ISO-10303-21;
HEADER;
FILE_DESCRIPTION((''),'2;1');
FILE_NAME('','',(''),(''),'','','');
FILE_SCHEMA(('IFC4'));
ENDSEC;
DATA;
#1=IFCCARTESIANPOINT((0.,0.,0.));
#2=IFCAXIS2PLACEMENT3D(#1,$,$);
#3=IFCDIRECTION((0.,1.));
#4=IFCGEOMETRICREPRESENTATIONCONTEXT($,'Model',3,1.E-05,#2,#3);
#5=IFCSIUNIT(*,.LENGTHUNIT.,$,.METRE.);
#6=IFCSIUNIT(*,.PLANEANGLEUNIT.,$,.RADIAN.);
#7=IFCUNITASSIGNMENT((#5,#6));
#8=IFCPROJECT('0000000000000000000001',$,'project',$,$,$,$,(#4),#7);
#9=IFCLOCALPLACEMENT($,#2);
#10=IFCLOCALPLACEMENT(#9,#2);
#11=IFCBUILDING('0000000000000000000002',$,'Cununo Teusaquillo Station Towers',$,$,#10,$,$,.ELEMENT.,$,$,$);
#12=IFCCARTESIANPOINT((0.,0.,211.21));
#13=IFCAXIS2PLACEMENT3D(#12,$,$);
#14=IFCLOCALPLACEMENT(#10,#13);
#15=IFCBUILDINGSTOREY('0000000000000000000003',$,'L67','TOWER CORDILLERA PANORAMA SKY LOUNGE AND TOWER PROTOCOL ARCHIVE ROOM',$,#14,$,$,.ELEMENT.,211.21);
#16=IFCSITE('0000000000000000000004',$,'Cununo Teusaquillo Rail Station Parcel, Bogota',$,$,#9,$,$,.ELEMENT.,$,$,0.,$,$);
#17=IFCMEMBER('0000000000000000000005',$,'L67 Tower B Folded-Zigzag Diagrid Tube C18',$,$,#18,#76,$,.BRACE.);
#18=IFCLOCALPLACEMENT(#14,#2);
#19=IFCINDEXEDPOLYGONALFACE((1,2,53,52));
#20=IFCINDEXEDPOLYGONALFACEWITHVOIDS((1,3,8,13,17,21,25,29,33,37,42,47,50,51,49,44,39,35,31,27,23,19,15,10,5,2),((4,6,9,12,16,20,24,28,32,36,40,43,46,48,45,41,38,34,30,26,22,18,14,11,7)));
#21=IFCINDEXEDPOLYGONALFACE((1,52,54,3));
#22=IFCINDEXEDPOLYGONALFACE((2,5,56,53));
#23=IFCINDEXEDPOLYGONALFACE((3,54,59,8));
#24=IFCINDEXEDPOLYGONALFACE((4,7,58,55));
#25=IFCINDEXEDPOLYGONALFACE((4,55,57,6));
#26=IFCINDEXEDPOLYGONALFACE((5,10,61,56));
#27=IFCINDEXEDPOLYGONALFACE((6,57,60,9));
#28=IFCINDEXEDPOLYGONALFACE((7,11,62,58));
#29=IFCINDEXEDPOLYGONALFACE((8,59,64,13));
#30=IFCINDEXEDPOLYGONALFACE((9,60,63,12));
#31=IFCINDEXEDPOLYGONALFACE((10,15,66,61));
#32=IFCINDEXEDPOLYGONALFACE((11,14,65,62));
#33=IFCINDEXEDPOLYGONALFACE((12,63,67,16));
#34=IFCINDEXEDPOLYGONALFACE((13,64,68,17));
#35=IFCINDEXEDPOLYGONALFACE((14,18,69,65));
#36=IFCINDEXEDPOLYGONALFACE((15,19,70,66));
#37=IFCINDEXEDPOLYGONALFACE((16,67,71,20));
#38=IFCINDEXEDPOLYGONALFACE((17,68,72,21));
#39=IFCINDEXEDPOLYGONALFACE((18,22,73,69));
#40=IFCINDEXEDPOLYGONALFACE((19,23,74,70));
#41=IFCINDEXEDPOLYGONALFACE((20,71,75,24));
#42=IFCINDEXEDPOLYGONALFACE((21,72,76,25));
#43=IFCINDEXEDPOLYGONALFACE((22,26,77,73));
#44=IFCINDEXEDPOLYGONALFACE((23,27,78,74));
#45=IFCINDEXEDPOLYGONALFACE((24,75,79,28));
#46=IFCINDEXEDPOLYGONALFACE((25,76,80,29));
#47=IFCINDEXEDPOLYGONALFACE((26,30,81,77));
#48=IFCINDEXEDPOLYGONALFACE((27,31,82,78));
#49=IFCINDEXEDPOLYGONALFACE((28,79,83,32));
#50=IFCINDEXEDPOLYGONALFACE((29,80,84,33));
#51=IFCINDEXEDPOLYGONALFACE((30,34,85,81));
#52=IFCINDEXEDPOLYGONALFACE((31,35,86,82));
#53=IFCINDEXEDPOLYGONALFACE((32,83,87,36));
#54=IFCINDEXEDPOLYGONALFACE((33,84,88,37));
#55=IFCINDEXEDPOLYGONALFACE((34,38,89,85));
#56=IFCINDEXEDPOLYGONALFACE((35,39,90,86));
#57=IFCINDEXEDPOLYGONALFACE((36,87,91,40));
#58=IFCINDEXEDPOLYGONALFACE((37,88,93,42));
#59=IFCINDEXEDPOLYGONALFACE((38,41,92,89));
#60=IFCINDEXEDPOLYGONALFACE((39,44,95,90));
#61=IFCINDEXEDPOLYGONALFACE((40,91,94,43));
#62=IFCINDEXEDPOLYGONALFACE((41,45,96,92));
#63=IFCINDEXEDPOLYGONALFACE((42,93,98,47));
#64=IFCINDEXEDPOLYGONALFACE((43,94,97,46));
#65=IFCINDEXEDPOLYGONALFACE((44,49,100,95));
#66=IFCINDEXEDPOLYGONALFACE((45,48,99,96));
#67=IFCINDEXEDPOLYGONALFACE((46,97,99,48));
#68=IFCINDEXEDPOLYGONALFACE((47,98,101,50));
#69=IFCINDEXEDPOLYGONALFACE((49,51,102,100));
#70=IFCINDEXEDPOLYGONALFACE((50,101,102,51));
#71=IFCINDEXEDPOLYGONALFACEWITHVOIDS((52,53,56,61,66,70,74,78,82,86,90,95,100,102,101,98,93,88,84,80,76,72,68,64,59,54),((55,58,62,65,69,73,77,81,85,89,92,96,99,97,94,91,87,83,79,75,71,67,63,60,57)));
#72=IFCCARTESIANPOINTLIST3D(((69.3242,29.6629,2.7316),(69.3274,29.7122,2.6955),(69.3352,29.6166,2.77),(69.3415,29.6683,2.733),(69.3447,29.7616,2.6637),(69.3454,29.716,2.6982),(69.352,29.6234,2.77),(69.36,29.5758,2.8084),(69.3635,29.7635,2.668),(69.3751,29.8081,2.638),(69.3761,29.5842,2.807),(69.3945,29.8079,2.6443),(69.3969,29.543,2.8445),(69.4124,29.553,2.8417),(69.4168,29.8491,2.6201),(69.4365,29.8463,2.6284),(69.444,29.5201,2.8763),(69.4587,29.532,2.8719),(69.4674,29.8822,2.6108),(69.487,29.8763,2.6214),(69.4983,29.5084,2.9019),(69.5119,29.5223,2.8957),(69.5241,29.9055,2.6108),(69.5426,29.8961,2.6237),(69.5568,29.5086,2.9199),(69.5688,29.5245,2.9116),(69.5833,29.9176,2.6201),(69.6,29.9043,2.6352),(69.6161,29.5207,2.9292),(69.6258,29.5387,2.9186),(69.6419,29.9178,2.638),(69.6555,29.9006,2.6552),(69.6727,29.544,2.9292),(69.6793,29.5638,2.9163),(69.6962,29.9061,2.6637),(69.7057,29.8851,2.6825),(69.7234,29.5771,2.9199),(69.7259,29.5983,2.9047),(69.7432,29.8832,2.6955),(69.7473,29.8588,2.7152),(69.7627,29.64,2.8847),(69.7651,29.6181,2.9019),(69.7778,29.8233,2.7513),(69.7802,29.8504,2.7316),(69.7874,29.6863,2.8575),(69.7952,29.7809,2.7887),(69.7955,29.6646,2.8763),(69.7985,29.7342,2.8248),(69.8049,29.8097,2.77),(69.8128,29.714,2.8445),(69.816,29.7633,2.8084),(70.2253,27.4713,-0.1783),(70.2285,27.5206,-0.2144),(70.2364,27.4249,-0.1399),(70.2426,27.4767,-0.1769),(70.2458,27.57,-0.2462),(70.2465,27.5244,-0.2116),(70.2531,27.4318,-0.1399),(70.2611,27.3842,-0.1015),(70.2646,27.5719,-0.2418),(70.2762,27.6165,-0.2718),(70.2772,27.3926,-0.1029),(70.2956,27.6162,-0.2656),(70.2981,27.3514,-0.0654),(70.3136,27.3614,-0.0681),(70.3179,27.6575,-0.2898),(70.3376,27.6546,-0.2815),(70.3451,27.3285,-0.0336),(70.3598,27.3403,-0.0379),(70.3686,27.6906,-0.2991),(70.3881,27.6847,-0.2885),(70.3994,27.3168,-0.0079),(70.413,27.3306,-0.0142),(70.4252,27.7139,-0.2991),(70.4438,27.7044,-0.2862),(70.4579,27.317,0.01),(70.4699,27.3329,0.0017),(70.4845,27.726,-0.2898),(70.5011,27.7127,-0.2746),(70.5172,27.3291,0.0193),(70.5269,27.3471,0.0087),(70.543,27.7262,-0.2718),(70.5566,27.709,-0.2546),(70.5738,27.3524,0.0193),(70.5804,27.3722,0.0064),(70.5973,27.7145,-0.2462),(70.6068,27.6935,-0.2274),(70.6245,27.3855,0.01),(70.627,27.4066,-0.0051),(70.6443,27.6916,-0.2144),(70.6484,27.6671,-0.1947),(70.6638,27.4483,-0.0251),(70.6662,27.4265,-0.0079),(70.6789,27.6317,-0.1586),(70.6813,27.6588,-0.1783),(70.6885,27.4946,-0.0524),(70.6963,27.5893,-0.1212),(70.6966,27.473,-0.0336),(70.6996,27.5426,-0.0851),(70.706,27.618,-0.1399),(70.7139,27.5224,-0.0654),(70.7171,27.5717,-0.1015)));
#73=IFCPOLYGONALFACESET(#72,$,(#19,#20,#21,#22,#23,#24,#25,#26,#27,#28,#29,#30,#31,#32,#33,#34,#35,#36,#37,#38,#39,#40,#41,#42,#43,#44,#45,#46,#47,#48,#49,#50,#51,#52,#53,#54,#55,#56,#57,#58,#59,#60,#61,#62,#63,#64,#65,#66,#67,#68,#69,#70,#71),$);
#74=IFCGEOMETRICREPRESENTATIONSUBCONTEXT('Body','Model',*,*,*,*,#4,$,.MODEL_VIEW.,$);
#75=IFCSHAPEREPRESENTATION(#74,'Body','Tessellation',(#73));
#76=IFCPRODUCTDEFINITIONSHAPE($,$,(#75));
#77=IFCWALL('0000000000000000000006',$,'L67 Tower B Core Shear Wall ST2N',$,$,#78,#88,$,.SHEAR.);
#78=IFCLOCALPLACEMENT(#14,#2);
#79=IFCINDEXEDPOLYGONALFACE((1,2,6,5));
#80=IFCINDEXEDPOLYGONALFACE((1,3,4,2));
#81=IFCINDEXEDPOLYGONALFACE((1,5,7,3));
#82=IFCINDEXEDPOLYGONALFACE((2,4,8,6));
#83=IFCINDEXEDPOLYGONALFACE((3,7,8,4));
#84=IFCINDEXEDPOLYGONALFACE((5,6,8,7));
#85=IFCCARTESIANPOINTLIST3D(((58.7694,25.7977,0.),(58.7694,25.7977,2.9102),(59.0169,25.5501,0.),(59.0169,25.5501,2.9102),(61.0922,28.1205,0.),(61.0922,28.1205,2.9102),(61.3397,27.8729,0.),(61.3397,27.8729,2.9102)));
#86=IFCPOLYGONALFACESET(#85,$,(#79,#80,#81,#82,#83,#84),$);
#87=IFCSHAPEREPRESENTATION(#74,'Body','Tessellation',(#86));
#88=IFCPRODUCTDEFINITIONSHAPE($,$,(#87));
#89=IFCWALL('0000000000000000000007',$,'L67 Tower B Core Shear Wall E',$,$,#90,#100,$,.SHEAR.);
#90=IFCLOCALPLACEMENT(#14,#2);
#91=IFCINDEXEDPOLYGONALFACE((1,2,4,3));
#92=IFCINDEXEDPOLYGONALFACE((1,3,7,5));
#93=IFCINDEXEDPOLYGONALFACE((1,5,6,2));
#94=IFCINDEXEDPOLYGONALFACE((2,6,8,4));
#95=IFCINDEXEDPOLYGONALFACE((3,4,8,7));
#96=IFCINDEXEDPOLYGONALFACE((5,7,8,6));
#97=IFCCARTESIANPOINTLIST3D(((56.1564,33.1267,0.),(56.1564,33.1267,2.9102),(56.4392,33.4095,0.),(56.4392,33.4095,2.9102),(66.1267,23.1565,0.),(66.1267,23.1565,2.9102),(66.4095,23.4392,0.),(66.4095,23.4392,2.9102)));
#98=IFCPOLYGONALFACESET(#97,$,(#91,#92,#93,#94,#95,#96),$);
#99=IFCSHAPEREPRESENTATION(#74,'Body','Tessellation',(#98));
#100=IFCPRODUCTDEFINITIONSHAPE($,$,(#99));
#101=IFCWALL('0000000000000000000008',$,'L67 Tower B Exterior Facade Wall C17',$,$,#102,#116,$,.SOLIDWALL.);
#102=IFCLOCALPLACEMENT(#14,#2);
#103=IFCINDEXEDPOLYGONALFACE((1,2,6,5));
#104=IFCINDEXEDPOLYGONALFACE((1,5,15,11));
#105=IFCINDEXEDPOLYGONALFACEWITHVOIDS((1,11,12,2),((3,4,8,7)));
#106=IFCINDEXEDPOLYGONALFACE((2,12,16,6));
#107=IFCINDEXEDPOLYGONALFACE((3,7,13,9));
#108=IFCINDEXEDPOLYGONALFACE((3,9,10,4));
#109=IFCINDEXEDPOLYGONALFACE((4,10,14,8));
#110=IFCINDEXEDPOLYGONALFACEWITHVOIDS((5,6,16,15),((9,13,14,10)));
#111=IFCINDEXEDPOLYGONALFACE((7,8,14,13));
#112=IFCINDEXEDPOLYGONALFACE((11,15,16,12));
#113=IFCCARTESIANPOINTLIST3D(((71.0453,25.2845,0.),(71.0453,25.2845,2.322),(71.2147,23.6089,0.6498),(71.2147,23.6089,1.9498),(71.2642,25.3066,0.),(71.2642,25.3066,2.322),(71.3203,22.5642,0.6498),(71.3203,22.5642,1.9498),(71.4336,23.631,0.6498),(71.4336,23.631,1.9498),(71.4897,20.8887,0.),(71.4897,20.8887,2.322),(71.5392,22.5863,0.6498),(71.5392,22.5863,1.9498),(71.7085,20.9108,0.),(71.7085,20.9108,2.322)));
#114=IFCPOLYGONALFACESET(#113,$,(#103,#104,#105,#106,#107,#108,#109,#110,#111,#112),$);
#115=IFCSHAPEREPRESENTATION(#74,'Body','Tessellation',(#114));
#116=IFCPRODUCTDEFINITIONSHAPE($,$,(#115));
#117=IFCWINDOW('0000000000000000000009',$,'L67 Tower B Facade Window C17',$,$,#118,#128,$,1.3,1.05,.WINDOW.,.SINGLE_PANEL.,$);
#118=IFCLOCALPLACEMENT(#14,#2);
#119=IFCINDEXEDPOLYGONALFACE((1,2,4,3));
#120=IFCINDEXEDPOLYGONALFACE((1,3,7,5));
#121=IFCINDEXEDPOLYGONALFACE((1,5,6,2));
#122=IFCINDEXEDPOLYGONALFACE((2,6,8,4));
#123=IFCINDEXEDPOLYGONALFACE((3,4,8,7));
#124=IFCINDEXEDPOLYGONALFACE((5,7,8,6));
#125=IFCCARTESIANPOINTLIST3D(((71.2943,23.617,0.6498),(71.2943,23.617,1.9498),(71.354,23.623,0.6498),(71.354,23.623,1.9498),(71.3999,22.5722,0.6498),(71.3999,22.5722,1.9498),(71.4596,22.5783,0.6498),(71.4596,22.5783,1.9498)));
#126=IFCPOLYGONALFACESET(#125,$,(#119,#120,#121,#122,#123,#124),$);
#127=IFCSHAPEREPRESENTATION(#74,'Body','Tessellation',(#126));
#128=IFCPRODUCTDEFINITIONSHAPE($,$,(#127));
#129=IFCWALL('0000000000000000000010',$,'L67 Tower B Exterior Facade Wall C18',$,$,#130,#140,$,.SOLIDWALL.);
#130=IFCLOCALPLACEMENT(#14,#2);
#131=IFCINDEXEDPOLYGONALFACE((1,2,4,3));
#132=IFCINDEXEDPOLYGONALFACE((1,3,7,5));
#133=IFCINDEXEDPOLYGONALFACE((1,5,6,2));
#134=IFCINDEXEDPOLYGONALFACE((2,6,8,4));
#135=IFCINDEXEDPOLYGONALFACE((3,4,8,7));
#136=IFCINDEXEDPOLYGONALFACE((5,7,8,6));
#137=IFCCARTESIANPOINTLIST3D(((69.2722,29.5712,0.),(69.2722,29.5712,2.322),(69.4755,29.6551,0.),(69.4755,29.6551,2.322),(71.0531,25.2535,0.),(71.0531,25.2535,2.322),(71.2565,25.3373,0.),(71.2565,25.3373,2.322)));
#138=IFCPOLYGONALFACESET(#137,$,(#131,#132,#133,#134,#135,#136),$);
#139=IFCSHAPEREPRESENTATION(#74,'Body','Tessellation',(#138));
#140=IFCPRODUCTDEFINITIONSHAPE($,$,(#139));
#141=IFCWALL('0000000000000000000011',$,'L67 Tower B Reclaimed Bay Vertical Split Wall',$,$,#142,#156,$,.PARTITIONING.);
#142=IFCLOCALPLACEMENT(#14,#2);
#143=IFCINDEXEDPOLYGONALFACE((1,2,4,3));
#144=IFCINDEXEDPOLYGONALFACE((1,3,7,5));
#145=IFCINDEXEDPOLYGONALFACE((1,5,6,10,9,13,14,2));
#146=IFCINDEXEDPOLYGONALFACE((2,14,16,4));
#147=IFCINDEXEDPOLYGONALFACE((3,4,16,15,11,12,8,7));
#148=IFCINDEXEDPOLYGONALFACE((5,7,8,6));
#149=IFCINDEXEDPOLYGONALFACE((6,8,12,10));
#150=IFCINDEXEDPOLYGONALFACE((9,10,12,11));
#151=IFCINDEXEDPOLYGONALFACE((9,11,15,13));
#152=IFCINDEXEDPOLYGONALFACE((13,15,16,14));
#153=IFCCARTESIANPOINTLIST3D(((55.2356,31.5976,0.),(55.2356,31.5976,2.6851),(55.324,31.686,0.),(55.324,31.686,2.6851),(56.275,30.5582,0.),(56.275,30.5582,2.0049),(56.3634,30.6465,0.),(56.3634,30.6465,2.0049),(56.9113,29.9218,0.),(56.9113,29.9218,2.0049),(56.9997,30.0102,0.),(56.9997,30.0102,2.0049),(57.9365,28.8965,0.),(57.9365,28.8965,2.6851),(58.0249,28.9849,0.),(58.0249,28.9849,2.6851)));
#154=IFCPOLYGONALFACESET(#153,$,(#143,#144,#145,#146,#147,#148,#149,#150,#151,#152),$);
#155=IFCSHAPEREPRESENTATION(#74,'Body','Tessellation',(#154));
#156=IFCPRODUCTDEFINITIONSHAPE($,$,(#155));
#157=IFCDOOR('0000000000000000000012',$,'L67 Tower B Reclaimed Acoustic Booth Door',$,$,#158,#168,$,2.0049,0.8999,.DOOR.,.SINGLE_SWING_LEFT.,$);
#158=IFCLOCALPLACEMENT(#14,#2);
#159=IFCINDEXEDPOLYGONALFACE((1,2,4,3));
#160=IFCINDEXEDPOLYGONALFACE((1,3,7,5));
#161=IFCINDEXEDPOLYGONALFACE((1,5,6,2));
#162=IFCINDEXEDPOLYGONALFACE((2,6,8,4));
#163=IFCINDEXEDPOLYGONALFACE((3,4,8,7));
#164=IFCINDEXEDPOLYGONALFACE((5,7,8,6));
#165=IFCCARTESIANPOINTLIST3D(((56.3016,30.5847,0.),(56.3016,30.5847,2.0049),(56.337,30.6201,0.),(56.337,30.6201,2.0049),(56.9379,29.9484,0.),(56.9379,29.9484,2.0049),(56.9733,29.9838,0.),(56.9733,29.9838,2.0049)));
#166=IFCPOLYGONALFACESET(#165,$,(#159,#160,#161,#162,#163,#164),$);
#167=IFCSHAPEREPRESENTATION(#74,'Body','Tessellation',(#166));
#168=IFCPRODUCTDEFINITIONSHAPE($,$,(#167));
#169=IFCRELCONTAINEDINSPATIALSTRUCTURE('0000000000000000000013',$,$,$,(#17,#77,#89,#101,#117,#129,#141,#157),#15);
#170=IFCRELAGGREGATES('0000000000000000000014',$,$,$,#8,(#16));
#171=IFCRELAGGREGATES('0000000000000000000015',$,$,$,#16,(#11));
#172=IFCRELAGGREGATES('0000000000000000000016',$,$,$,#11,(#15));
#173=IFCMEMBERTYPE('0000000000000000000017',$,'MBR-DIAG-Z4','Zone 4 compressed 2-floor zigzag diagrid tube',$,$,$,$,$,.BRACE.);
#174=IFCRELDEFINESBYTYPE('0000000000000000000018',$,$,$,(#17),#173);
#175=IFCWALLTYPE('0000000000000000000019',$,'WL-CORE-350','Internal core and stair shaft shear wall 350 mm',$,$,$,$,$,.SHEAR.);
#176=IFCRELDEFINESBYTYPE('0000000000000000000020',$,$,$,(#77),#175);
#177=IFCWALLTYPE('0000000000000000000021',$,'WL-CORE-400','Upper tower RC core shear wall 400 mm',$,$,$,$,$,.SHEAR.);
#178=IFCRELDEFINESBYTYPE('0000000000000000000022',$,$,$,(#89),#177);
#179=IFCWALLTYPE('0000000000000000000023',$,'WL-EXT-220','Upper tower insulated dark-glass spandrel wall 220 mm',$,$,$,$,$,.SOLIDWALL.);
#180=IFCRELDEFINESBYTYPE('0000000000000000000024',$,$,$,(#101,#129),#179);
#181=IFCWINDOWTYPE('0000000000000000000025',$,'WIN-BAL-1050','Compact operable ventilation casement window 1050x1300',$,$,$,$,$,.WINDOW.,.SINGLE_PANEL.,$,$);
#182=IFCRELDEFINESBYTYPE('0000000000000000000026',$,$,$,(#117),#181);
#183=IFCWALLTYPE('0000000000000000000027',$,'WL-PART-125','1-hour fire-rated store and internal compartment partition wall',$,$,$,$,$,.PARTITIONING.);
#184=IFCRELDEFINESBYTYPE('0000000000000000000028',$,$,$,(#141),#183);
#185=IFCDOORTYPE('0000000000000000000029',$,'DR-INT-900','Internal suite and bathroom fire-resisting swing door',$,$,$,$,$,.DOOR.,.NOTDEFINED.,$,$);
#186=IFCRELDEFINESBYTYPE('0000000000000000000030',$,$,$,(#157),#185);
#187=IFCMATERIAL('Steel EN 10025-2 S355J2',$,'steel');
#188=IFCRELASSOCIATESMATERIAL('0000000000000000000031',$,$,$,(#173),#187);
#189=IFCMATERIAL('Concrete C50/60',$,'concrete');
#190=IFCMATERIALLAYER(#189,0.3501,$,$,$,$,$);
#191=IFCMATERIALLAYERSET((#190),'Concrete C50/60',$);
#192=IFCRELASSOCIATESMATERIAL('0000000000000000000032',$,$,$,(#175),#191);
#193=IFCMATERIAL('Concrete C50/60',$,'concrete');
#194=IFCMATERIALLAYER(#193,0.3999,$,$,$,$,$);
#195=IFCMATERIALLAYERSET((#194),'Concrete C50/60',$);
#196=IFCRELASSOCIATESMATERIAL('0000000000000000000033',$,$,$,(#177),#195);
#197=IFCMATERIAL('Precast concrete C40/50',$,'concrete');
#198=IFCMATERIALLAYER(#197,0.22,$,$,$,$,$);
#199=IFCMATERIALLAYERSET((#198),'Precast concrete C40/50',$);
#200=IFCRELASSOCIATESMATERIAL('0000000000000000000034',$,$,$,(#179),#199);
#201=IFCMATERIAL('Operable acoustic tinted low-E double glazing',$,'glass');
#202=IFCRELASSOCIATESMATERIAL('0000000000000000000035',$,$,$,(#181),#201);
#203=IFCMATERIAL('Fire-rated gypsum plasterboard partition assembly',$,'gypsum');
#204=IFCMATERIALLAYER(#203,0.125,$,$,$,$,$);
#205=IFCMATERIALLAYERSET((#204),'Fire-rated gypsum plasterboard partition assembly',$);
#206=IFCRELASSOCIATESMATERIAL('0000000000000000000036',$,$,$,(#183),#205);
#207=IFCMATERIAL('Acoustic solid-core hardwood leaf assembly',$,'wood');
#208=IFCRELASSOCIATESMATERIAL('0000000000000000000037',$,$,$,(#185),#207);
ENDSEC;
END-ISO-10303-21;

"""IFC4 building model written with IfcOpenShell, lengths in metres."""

from ifc_helpers import new_model, si_unit, direction, frame, frame_2d, origin, origin_2d, place, context, subcontext, project, spatial, rectangle, hollow_circle, extrude, source, transform, mapped, material, layer, layer_set, material_profile, profile_set, type_object, element, fill, save


model = new_model("IFC4")

# Units and contexts
model_context = context("Model", 3, precision=1e-05, world=origin(), true_north=direction((0.0, 1.0)))
body_context = subcontext(model_context, "Body", "Model", "MODEL_VIEW")
ifc_project = project(units=[si_unit("LENGTHUNIT", "METRE"), si_unit("PLANEANGLEUNIT", "RADIAN")], contexts=[model_context])

# Site, building, storey
site_placement = place(None, origin())
site = spatial("IfcSite", under=ifc_project, at=site_placement, Name="Cununo Teusaquillo Rail Station Parcel, Bogota", CompositionType="ELEMENT", RefElevation=0.0)
building_placement = place(site_placement, origin())
building = spatial("IfcBuilding", under=site, at=building_placement, Name="Cununo Teusaquillo Station Towers", CompositionType="ELEMENT")
storey_placement = place(building_placement, frame((0.0, 0.0, 211.21)))
storey = spatial("IfcBuildingStorey", under=building, at=storey_placement, Name="L67", Description="TOWER CORDILLERA PANORAMA SKY LOUNGE AND TOWER PROTOCOL ARCHIVE ROOM", CompositionType="ELEMENT", Elevation=211.21)

# Member
ifc_material_1 = material(Name="Steel EN 10025-2 S355J2", Category="steel")
ifc_material_profile_1 = material_profile(ifc_material_1, hollow_circle(Radius=0.2539, WallThickness=0.0181, at=origin_2d()), Name="CHS 508x18")
ifc_profile_set_1 = profile_set([ifc_material_profile_1], Name="Steel EN 10025-2 S355J2")
member_type = type_object("IfcMemberType", Name="MBR-DIAG-Z4", Description="Zone 4 compressed 2-floor zigzag diagrid tube", PredefinedType="BRACE", material=ifc_profile_set_1)
member_placement = place(storey_placement, frame((70.4712, 27.5215, -0.1399), z_axis=(-0.240125, 0.584016, 0.775413), x_axis=(-0.924874, -0.380273, 0.0)))
element("IfcMember", 1, at=member_placement, inside=storey, type_object=member_type, Name="L67 Tower B Folded-Zigzag Diagrid Tube C18", PredefinedType="BRACE", context=body_context, shape_type="SweptSolid", body=[
    extrude(hollow_circle(Radius=0.2539, WallThickness=0.0181, at=origin_2d()), origin(), (0.0, 0.0, 1.0), 3.7527),
])

# Walls
ifc_material_2 = material(Name="Concrete C50/60", Category="concrete")
ifc_layer_1 = layer(ifc_material_2, 0.3501)
ifc_layer_set_1 = layer_set([ifc_layer_1], Name="Concrete C50/60")
wall_type_1 = type_object("IfcWallType", Name="WL-CORE-350", Description="Internal core and stair shaft shear wall 350 mm", PredefinedType="SHEAR", material=ifc_layer_set_1)
wall_1_placement = place(storey_placement, frame((58.8931, 25.6738, 0.0), z_axis=(0.0, 0.0, 1.0), x_axis=(0.707107, 0.707107, 0.0)))
element("IfcWall", 2, at=wall_1_placement, inside=storey, type_object=wall_type_1, Name="L67 Tower B Core Shear Wall ST2N", PredefinedType="SHEAR", context=body_context, shape_type="SweptSolid", body=[
    extrude(rectangle(XDim=3.2849, YDim=0.3501, at=frame_2d((1.6426, 0.0))), origin(), (0.0, 0.0, 1.0), 2.9102),
])
ifc_material_3 = material(Name="Concrete C50/60", Category="concrete")
ifc_layer_2 = layer(ifc_material_3, 0.3999)
ifc_layer_set_2 = layer_set([ifc_layer_2], Name="Concrete C50/60")
wall_type_2 = type_object("IfcWallType", Name="WL-CORE-400", Description="Upper tower RC core shear wall 400 mm", PredefinedType="SHEAR", material=ifc_layer_set_2)
wall_2_placement = place(storey_placement, frame((66.2681, 23.2979, 0.0), z_axis=(0.0, 0.0, 1.0), x_axis=(-0.707107, 0.707107, 0.0)))
element("IfcWall", 3, at=wall_2_placement, inside=storey, type_object=wall_type_2, Name="L67 Tower B Core Shear Wall E", PredefinedType="SHEAR", context=body_context, shape_type="SweptSolid", body=[
    extrude(rectangle(XDim=14.1001, YDim=0.3999, at=frame_2d((7.05, 0.0))), origin(), (0.0, 0.0, 1.0), 2.9102),
])

# Wall, opening, window
ifc_material_4 = material(Name="Precast concrete C40/50", Category="concrete")
ifc_layer_3 = layer(ifc_material_4, 0.22)
ifc_layer_set_3 = layer_set([ifc_layer_3], Name="Precast concrete C40/50")
wall_type_3 = type_object("IfcWallType", Name="WL-EXT-220", Description="Upper tower insulated dark-glass spandrel wall 220 mm", PredefinedType="SOLIDWALL", material=ifc_layer_set_3)
wall_3_placement = place(storey_placement, frame((71.1548, 25.2954, 0.0), z_axis=(0.0, 0.0, 1.0), x_axis=(0.100571, -0.99493, 0.0)))
wall_3 = element("IfcWall", 4, at=wall_3_placement, inside=storey, type_object=wall_type_3, Name="L67 Tower B Exterior Facade Wall C17", PredefinedType="SOLIDWALL", context=body_context, shape_type="SweptSolid", body=[
    extrude(rectangle(XDim=4.4182, YDim=0.22, at=frame_2d((2.209, 0.0))), origin(), (0.0, 0.0, 1.0), 2.322),
])
shared_shape_1 = source(origin(), body_context, "Body", "SweptSolid", [
    extrude(rectangle(XDim=1.05, YDim=1.3, at=frame_2d((0.5249, 0.6499))), frame((0.0, 0.1199, 0.0), z_axis=(0.0, -1.0, 0.0), x_axis=(1.0, 0.0, 0.0)), (0.0, 0.0, 1.0), 0.24),
])
opening_1_placement = place(wall_3_placement, frame((1.6841, 0.0, 0.6499)))
opening_1 = element("IfcOpeningElement", 5, at=opening_1_placement, cuts=wall_3, PredefinedType="OPENING", context=body_context, shape_type="MappedRepresentation", body=[
    mapped(shared_shape_1, transform((0.0, 0.0, 0.0), x_axis=(1.0, 0.0, 0.0), y_axis=(0.0, 1.0, 0.0), z_axis=(0.0, 0.0, 1.0), scale=1.0)),
])
ifc_material_5 = material(Name="Operable acoustic tinted low-E double glazing", Category="glass")
window_type = type_object("IfcWindowType", Name="WIN-BAL-1050", Description="Compact operable ventilation casement window 1050x1300", PartitioningType="SINGLE_PANEL", PredefinedType="WINDOW", material=ifc_material_5)
shared_shape_2 = source(origin(), body_context, "Body", "SweptSolid", [
    extrude(rectangle(XDim=1.05, YDim=1.3, at=frame_2d((0.5249, 0.6499))), frame((0.0, 0.03, 0.0), z_axis=(0.0, -1.0, 0.0), x_axis=(1.0, 0.0, 0.0)), (0.0, 0.0, 1.0), 0.0601),
])
window_placement = place(opening_1_placement, origin())
window = element("IfcWindow", 6, at=window_placement, inside=storey, type_object=window_type, Name="L67 Tower B Facade Window C17", OverallHeight=1.3, OverallWidth=1.05, PartitioningType="SINGLE_PANEL", PredefinedType="WINDOW", context=body_context, shape_type="MappedRepresentation", body=[
    mapped(shared_shape_2, transform((0.0, 0.0, 0.0), x_axis=(1.0, 0.0, 0.0), y_axis=(0.0, 1.0, 0.0), z_axis=(0.0, 0.0, 1.0), scale=1.0)),
])
fill(opening_1, window)

# Wall
wall_4_placement = place(storey_placement, frame((69.3738, 29.6133, 0.0), z_axis=(0.0, 0.0, 1.0), x_axis=(0.38131, -0.924447, 0.0)))
element("IfcWall", 7, at=wall_4_placement, inside=storey, type_object=wall_type_3, Name="L67 Tower B Exterior Facade Wall C18", PredefinedType="SOLIDWALL", context=body_context, shape_type="SweptSolid", body=[
    extrude(rectangle(XDim=4.6707, YDim=0.22, at=frame_2d((2.3354, 0.0))), origin(), (0.0, 0.0, 1.0), 2.322),
])

# Wall, opening, door
ifc_material_6 = material(Name="Fire-rated gypsum plasterboard partition assembly", Category="gypsum")
ifc_layer_4 = layer(ifc_material_6, 0.125)
ifc_layer_set_4 = layer_set([ifc_layer_4], Name="Fire-rated gypsum plasterboard partition assembly")
wall_type_4 = type_object("IfcWallType", Name="WL-PART-125", Description="1-hour fire-rated store and internal compartment partition wall", PredefinedType="PARTITIONING", material=ifc_layer_set_4)
wall_5_placement = place(storey_placement, frame((57.9807, 28.9407, 0.0), z_axis=(0.0, 0.0, 1.0), x_axis=(-0.707075, 0.707139, 0.0)))
wall_5 = element("IfcWall", 8, at=wall_5_placement, inside=storey, type_object=wall_type_4, Name="L67 Tower B Reclaimed Bay Vertical Split Wall", PredefinedType="PARTITIONING", context=body_context, shape_type="SweptSolid", body=[
    extrude(rectangle(XDim=3.8198, YDim=0.125, at=frame_2d((1.9099, 0.0))), origin(), (0.0, 0.0, 1.0), 2.6851),
])
shared_shape_3 = source(origin(), body_context, "Body", "SweptSolid", [
    extrude(rectangle(XDim=0.8999, YDim=2.0049, at=frame_2d((0.45, 1.0024))), frame((0.0, 0.0725, 0.0), z_axis=(0.0, -1.0, 0.0), x_axis=(1.0, 0.0, 0.0)), (0.0, 0.0, 1.0), 0.145),
])
opening_2_placement = place(wall_5_placement, frame((1.45, 0.0, 0.0)))
opening_2 = element("IfcOpeningElement", 9, at=opening_2_placement, cuts=wall_5, PredefinedType="OPENING", context=body_context, shape_type="MappedRepresentation", body=[
    mapped(shared_shape_3, transform((0.0, 0.0, 0.0), x_axis=(1.0, 0.0, 0.0), y_axis=(0.0, 1.0, 0.0), z_axis=(0.0, 0.0, 1.0), scale=1.0)),
])
ifc_material_7 = material(Name="Acoustic solid-core hardwood leaf assembly", Category="wood")
door_type_1 = type_object("IfcDoorType", Name="DR-INT-900", Description="Internal suite and bathroom fire-resisting swing door", OperationType="NOTDEFINED", PredefinedType="DOOR", material=ifc_material_7)
shared_shape_4 = source(origin(), body_context, "Body", "SweptSolid", [
    extrude(rectangle(XDim=0.8999, YDim=2.0049, at=frame_2d((0.45, 1.0024))), frame((0.0, 0.0249, 0.0), z_axis=(0.0, -1.0, 0.0), x_axis=(1.0, 0.0, 0.0)), (0.0, 0.0, 1.0), 0.05),
])
door_1_placement = place(opening_2_placement, origin())
door_1 = element("IfcDoor", 10, at=door_1_placement, inside=storey, type_object=door_type_1, Name="L67 Tower B Reclaimed Acoustic Booth Door", OperationType="SINGLE_SWING_LEFT", OverallHeight=2.0049, OverallWidth=0.8999, PredefinedType="DOOR", context=body_context, shape_type="MappedRepresentation", body=[
    mapped(shared_shape_4, transform((0.0, 0.0, 0.0), x_axis=(1.0, 0.0, 0.0), y_axis=(0.0, 1.0, 0.0), z_axis=(0.0, 0.0, 1.0), scale=1.0)),
])
fill(opening_2, door_1)

save(model, "model.ifc")
